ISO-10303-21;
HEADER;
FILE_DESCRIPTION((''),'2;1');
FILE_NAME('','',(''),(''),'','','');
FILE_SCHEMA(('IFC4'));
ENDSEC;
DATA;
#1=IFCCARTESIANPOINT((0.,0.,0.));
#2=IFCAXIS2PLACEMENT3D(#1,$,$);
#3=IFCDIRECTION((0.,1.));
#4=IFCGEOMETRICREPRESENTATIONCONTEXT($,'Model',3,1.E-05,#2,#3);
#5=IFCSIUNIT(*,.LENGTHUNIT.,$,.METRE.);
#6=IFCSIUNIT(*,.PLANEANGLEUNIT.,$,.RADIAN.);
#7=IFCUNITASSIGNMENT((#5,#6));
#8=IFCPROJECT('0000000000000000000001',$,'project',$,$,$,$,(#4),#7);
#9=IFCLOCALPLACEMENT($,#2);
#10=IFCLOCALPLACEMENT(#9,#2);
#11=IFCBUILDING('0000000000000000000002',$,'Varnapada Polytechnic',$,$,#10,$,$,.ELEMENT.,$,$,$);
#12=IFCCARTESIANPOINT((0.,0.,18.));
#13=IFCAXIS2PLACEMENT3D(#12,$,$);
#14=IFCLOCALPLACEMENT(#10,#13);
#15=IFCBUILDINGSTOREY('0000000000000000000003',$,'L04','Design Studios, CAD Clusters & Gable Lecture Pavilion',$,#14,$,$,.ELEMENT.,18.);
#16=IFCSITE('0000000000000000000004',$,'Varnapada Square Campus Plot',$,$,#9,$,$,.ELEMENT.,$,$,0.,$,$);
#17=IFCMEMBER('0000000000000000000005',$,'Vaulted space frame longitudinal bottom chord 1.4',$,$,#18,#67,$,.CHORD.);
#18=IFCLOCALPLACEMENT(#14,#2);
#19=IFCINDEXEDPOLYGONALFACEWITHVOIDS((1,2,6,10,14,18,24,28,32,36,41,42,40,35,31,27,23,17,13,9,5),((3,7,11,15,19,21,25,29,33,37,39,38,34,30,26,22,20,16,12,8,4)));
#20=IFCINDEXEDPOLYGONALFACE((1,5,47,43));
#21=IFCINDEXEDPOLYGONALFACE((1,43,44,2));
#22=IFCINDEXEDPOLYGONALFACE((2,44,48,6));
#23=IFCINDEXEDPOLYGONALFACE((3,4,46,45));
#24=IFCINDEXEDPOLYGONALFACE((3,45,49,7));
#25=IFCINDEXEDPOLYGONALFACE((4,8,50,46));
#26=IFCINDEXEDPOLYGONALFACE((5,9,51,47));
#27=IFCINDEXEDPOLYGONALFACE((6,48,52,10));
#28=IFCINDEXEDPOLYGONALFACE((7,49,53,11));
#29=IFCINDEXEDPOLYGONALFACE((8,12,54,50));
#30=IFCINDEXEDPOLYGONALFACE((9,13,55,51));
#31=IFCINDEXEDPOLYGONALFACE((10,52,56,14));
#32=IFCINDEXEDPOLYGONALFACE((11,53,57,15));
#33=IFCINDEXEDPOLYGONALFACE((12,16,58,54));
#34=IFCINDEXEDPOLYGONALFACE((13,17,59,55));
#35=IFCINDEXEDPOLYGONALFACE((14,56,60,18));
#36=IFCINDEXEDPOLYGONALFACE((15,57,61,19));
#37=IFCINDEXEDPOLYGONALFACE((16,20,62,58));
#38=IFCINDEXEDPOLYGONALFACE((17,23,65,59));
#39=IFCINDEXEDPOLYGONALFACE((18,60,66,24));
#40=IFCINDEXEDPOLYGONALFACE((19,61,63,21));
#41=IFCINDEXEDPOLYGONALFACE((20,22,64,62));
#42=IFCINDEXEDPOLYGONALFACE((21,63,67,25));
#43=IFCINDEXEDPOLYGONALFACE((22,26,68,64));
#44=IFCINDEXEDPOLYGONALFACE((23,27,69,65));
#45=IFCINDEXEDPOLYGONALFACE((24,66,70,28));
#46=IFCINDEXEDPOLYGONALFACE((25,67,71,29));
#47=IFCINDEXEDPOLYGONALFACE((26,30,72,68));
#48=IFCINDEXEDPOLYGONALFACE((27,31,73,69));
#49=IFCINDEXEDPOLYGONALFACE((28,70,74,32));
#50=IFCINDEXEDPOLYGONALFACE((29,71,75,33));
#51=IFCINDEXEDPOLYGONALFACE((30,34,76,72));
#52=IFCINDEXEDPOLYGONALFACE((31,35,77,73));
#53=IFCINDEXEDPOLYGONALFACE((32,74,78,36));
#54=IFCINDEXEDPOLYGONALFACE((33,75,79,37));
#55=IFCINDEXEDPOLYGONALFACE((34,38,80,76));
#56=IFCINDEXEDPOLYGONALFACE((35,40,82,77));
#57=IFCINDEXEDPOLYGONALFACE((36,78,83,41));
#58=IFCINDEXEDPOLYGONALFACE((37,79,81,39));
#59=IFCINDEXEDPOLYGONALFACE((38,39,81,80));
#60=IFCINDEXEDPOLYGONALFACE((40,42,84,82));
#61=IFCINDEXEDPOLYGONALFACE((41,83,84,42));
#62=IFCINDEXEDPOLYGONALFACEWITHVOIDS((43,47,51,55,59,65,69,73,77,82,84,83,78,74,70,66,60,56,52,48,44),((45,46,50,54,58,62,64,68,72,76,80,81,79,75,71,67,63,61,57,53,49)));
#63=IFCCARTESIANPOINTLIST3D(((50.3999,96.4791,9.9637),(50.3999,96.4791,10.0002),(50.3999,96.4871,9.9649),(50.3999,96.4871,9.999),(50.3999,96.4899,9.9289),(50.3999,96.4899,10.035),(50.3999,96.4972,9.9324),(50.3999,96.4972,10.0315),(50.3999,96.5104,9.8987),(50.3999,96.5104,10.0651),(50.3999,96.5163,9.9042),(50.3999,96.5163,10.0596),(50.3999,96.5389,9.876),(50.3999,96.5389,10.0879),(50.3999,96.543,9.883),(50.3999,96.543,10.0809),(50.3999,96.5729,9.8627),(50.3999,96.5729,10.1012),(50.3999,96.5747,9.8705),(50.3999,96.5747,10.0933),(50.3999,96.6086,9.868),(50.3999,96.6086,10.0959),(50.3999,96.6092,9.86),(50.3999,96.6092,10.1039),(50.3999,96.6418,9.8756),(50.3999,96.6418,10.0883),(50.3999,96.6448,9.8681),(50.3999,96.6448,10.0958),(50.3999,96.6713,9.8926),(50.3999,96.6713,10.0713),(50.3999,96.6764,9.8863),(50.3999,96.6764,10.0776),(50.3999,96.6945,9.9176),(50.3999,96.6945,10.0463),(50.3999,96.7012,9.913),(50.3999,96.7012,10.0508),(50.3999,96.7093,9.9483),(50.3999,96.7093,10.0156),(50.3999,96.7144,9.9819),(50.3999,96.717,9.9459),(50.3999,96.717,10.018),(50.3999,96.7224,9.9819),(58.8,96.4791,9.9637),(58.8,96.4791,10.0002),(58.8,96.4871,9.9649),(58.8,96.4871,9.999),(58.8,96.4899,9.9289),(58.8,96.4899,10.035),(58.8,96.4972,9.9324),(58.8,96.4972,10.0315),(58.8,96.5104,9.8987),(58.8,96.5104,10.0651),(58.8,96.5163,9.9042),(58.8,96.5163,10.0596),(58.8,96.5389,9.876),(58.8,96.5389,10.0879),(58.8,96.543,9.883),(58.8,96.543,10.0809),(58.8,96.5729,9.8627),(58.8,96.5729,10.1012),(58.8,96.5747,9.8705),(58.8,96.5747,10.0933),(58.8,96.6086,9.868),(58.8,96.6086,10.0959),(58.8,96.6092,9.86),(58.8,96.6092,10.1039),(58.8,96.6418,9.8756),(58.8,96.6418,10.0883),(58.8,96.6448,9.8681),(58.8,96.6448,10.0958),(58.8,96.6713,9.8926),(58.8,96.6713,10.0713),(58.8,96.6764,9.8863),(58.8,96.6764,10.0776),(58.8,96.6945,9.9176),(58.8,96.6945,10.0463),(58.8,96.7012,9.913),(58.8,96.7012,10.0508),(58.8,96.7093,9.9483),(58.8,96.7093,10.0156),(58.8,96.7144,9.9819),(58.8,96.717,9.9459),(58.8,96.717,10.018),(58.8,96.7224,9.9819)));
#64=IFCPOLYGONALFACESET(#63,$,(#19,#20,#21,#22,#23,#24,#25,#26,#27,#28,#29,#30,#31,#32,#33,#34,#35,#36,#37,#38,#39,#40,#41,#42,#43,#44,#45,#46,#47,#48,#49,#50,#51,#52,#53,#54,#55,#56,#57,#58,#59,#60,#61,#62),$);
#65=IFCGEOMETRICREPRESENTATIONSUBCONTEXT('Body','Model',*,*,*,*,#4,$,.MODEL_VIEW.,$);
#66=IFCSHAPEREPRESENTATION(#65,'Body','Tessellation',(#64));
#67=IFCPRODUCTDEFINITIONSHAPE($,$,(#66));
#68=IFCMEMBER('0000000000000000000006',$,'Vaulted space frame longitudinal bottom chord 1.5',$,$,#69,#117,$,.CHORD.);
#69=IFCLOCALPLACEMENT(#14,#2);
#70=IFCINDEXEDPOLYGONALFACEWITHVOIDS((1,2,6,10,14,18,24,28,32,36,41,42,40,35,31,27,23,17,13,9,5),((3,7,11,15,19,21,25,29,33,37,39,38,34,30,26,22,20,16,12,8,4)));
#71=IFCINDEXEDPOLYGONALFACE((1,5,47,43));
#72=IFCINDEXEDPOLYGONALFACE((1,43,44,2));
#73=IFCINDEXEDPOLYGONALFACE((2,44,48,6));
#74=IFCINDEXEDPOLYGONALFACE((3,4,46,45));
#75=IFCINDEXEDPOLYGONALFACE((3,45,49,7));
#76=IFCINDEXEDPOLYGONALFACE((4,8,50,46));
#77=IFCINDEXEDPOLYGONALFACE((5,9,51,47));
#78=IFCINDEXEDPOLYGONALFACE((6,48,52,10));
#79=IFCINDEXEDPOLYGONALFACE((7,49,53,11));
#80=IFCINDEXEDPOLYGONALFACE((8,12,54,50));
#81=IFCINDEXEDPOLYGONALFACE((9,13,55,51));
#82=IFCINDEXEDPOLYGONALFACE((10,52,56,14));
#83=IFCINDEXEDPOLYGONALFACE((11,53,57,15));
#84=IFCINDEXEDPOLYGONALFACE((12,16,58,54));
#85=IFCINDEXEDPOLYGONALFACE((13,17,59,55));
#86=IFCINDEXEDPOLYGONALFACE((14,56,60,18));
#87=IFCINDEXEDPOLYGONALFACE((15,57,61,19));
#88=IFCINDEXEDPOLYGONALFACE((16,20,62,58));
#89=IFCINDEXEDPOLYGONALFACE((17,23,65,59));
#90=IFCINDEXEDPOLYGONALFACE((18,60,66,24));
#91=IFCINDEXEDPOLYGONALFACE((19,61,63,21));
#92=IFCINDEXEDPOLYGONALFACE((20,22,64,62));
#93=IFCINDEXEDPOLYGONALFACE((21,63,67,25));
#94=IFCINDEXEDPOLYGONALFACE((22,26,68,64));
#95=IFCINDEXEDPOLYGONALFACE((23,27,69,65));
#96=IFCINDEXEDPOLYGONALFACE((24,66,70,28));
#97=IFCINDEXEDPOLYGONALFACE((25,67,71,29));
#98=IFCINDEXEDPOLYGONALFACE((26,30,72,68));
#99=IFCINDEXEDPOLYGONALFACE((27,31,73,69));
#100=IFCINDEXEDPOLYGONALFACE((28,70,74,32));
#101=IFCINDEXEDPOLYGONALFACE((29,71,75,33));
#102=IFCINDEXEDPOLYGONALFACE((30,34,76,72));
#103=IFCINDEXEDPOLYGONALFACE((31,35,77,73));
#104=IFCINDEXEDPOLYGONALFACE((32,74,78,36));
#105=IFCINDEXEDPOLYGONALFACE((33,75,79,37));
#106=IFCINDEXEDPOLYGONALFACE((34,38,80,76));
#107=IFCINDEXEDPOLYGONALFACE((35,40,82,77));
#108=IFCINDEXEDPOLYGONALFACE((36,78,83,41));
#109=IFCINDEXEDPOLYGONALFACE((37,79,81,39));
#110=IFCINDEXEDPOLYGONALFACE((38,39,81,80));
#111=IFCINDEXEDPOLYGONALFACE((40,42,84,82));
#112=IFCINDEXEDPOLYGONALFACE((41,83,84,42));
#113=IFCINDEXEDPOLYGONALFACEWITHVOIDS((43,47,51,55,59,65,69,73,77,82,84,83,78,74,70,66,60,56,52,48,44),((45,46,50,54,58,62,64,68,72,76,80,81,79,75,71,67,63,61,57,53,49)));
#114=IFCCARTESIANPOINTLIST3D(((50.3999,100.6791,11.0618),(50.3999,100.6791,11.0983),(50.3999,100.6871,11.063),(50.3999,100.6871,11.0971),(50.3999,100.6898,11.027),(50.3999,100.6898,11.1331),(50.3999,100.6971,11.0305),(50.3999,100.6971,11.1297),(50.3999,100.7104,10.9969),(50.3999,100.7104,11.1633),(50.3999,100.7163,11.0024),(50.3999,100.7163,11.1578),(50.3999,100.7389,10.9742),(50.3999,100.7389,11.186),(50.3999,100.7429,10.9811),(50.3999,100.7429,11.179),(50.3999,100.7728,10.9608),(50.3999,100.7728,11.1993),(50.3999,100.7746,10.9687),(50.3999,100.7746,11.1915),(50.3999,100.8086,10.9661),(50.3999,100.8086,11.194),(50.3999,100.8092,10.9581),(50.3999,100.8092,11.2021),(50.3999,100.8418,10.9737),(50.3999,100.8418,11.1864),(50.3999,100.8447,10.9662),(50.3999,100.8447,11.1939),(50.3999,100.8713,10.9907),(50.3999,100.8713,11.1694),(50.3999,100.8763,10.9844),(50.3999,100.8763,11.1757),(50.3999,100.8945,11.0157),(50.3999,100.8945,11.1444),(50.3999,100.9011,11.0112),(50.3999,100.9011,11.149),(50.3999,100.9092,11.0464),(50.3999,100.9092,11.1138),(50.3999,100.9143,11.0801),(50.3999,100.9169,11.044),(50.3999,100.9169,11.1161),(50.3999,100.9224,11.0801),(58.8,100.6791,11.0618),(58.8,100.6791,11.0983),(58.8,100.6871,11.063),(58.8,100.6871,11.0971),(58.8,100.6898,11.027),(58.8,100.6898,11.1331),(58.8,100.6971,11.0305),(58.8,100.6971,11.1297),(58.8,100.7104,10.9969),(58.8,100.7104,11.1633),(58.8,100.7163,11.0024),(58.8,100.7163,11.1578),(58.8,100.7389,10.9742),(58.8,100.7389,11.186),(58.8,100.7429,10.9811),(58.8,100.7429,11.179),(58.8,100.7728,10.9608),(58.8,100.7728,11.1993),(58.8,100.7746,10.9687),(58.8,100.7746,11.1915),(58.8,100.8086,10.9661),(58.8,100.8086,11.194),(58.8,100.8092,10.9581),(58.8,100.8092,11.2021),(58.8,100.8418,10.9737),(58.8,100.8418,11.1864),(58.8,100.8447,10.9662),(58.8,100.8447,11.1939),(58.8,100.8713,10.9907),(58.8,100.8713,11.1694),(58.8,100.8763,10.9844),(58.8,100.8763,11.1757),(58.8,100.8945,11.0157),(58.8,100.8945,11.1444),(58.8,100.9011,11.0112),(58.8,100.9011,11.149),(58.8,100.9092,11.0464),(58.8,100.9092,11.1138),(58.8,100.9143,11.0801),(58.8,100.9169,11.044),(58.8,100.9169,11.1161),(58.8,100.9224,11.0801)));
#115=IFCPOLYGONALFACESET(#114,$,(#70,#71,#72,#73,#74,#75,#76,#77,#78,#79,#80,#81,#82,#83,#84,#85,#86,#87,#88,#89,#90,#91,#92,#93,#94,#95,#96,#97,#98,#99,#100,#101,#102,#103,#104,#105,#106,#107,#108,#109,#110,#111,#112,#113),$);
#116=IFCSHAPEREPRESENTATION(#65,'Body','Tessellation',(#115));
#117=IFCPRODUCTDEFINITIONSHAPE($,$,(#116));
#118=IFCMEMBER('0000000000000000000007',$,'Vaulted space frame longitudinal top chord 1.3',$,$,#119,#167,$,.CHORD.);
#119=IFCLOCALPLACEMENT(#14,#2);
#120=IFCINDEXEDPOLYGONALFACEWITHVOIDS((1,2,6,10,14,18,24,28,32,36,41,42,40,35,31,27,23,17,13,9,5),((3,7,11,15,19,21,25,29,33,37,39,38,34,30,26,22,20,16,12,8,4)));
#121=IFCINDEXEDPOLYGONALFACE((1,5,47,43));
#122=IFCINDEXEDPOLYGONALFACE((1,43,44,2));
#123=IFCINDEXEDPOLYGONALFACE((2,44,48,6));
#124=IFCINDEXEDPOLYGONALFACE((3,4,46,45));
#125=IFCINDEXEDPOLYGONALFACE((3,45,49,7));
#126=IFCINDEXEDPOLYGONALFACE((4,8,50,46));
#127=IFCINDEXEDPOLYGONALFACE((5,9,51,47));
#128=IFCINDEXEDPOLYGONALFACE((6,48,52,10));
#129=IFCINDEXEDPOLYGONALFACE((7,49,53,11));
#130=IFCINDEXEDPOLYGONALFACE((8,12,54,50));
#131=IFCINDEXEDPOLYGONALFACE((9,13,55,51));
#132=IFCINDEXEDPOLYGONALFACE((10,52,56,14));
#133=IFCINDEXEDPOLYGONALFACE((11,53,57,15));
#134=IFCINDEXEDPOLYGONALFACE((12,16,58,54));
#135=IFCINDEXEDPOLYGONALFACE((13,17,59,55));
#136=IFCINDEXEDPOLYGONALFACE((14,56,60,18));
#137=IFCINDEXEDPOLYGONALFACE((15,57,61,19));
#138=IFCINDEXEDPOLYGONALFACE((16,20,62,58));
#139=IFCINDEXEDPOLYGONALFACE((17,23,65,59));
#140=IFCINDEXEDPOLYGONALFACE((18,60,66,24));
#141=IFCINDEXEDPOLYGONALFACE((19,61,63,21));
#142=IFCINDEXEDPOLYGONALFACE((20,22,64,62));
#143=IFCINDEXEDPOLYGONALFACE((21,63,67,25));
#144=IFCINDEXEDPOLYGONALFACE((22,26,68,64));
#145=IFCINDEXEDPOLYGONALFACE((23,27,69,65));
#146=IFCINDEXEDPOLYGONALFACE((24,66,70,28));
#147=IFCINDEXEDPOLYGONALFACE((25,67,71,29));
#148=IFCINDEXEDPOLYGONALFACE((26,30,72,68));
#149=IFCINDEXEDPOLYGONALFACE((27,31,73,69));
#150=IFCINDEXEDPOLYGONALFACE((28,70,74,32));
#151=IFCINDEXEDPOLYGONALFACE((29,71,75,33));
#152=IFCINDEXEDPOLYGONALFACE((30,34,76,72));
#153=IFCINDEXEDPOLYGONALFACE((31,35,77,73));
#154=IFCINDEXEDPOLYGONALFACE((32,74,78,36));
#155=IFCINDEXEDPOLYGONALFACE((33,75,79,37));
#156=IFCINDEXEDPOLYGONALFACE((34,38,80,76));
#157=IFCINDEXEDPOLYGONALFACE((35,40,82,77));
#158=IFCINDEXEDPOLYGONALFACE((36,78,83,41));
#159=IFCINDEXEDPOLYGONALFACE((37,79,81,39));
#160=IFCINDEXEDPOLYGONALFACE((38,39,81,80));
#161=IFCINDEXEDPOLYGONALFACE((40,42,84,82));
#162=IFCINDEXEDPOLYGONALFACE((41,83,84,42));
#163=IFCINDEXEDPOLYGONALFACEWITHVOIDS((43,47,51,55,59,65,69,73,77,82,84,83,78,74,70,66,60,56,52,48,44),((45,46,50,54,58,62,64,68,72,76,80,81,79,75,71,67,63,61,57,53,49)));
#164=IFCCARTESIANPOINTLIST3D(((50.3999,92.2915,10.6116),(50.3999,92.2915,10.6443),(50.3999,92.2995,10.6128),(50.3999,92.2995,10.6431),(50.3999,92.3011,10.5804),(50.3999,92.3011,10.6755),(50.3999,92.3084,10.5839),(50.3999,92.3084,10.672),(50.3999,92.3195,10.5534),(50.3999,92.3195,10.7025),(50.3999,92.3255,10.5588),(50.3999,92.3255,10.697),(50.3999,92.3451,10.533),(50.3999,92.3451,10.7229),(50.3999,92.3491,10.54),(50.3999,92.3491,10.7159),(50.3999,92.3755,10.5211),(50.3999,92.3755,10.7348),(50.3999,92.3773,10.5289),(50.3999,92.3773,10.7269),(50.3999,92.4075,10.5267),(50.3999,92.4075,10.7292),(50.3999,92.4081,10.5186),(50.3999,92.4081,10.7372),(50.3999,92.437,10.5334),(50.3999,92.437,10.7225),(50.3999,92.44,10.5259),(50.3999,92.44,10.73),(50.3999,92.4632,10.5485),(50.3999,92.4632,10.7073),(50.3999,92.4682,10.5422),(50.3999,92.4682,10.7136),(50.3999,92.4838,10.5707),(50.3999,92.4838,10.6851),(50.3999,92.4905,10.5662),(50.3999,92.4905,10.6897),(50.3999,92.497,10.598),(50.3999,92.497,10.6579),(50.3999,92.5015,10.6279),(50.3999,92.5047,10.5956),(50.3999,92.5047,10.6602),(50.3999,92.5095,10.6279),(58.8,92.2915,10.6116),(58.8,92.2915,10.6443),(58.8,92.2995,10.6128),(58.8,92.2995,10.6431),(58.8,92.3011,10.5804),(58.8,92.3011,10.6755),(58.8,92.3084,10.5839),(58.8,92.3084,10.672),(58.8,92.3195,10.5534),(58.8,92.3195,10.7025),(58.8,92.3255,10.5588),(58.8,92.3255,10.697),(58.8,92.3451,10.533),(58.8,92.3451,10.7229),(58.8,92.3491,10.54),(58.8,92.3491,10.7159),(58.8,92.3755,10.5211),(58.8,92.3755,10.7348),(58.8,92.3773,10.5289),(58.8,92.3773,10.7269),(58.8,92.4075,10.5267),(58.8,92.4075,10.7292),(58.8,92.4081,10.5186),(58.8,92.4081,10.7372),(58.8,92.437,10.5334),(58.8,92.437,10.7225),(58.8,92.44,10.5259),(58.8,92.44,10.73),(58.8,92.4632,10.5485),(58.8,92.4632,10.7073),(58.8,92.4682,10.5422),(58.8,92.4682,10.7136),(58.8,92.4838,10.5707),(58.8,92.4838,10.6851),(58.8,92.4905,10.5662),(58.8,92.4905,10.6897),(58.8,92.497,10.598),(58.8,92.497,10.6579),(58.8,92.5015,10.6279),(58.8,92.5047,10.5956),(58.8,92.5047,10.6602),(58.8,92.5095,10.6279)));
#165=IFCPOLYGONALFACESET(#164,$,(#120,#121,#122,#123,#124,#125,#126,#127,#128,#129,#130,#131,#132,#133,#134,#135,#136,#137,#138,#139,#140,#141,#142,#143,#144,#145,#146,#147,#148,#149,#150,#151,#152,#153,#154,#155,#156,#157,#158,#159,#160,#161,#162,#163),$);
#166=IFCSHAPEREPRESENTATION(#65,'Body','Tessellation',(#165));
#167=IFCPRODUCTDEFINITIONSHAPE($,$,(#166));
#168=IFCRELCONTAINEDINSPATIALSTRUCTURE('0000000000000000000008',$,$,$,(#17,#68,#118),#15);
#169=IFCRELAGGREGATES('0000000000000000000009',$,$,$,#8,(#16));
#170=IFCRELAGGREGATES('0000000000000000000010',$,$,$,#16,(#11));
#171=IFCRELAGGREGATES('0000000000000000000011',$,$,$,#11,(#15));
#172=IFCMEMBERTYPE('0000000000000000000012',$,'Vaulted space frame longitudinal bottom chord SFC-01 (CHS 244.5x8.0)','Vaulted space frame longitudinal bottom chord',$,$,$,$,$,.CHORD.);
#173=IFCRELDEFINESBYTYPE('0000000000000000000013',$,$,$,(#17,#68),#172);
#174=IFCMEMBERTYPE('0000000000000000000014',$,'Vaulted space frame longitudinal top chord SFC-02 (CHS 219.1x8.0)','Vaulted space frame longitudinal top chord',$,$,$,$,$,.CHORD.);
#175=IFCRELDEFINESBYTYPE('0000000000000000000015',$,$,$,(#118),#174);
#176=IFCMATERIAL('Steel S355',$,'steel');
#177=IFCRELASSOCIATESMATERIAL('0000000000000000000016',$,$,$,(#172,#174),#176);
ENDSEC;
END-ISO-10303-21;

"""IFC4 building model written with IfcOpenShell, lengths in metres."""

from ifc_helpers import new_model, si_unit, direction, frame, origin, origin_2d, place, context, subcontext, project, spatial, hollow_circle, extrude, material, material_profile, profile_set, type_object, element, save


model = new_model("IFC4")

# Units and contexts
model_context = context("Model", 3, precision=1e-05, world=origin(), true_north=direction((0.0, 1.0)))
body_context = subcontext(model_context, "Body", "Model", "MODEL_VIEW")
ifc_project = project(units=[si_unit("LENGTHUNIT", "METRE"), si_unit("PLANEANGLEUNIT", "RADIAN")], contexts=[model_context])

# Site, building, storey
site_placement = place(None, origin())
site = spatial("IfcSite", under=ifc_project, at=site_placement, Name="Varnapada Square Campus Plot", CompositionType="ELEMENT", RefElevation=0.0)
building_placement = place(site_placement, origin())
building = spatial("IfcBuilding", under=site, at=building_placement, Name="Varnapada Polytechnic", CompositionType="ELEMENT")
storey_placement = place(building_placement, frame((0.0, 0.0, 18.0)))
storey = spatial("IfcBuildingStorey", under=building, at=storey_placement, Name="L04", Description="Design Studios, CAD Clusters & Gable Lecture Pavilion", CompositionType="ELEMENT", Elevation=18.0)

# Shared definitions
ifc_material = material(Name="Steel S355", Category="steel")

# Members
ifc_material_profile_1 = material_profile(ifc_material, hollow_circle(Radius=0.1223, WallThickness=0.0081, at=origin_2d()), Name="CHS 244.5x8.0")
ifc_profile_set_1 = profile_set([ifc_material_profile_1], Name="Steel S355")
member_type_1 = type_object("IfcMemberType", Name="Vaulted space frame longitudinal bottom chord SFC-01 (CHS 244.5x8.0)", Description="Vaulted space frame longitudinal bottom chord", PredefinedType="CHORD", material=ifc_profile_set_1)
for number, where, z_axis, x_axis, name in (
    (1, (50.3999, 96.6001, 9.9819), (1.0, 0.0, 0.0), (0.0, 1.0, 0.0), "Vaulted space frame longitudinal bottom chord 1.4"),
    (2, (50.3999, 100.8, 11.0801), (1.0, 0.0, 0.0), (0.0, 1.0, 0.0), "Vaulted space frame longitudinal bottom chord 1.5"),
):
    element("IfcMember", number, at=place(storey_placement, frame(where, z_axis=z_axis, x_axis=x_axis)), inside=storey, type_object=member_type_1, Name=name, PredefinedType="CHORD", context=body_context, shape_type="SweptSolid", body=[
        extrude(hollow_circle(Radius=0.1223, WallThickness=0.0081, at=origin_2d()), origin(), (0.0, 0.0, 1.0), 8.4001),
    ])
ifc_material_profile_2 = material_profile(ifc_material, hollow_circle(Radius=0.1096, WallThickness=0.0081, at=origin_2d()), Name="CHS 219.1x8.0")
ifc_profile_set_2 = profile_set([ifc_material_profile_2], Name="Steel S355")
member_type_2 = type_object("IfcMemberType", Name="Vaulted space frame longitudinal top chord SFC-02 (CHS 219.1x8.0)", Description="Vaulted space frame longitudinal top chord", PredefinedType="CHORD", material=ifc_profile_set_2)
for number, where, z_axis, x_axis, name in (
    (3, (50.3999, 92.3999, 10.6279), (1.0, 0.0, 0.0), (0.0, 1.0, 0.0), "Vaulted space frame longitudinal top chord 1.3"),
):
    element("IfcMember", number, at=place(storey_placement, frame(where, z_axis=z_axis, x_axis=x_axis)), inside=storey, type_object=member_type_2, Name=name, PredefinedType="CHORD", context=body_context, shape_type="SweptSolid", body=[
        extrude(hollow_circle(Radius=0.1096, WallThickness=0.0081, at=origin_2d()), origin(), (0.0, 0.0, 1.0), 8.4001),
    ])

save(model, "model.ifc")
